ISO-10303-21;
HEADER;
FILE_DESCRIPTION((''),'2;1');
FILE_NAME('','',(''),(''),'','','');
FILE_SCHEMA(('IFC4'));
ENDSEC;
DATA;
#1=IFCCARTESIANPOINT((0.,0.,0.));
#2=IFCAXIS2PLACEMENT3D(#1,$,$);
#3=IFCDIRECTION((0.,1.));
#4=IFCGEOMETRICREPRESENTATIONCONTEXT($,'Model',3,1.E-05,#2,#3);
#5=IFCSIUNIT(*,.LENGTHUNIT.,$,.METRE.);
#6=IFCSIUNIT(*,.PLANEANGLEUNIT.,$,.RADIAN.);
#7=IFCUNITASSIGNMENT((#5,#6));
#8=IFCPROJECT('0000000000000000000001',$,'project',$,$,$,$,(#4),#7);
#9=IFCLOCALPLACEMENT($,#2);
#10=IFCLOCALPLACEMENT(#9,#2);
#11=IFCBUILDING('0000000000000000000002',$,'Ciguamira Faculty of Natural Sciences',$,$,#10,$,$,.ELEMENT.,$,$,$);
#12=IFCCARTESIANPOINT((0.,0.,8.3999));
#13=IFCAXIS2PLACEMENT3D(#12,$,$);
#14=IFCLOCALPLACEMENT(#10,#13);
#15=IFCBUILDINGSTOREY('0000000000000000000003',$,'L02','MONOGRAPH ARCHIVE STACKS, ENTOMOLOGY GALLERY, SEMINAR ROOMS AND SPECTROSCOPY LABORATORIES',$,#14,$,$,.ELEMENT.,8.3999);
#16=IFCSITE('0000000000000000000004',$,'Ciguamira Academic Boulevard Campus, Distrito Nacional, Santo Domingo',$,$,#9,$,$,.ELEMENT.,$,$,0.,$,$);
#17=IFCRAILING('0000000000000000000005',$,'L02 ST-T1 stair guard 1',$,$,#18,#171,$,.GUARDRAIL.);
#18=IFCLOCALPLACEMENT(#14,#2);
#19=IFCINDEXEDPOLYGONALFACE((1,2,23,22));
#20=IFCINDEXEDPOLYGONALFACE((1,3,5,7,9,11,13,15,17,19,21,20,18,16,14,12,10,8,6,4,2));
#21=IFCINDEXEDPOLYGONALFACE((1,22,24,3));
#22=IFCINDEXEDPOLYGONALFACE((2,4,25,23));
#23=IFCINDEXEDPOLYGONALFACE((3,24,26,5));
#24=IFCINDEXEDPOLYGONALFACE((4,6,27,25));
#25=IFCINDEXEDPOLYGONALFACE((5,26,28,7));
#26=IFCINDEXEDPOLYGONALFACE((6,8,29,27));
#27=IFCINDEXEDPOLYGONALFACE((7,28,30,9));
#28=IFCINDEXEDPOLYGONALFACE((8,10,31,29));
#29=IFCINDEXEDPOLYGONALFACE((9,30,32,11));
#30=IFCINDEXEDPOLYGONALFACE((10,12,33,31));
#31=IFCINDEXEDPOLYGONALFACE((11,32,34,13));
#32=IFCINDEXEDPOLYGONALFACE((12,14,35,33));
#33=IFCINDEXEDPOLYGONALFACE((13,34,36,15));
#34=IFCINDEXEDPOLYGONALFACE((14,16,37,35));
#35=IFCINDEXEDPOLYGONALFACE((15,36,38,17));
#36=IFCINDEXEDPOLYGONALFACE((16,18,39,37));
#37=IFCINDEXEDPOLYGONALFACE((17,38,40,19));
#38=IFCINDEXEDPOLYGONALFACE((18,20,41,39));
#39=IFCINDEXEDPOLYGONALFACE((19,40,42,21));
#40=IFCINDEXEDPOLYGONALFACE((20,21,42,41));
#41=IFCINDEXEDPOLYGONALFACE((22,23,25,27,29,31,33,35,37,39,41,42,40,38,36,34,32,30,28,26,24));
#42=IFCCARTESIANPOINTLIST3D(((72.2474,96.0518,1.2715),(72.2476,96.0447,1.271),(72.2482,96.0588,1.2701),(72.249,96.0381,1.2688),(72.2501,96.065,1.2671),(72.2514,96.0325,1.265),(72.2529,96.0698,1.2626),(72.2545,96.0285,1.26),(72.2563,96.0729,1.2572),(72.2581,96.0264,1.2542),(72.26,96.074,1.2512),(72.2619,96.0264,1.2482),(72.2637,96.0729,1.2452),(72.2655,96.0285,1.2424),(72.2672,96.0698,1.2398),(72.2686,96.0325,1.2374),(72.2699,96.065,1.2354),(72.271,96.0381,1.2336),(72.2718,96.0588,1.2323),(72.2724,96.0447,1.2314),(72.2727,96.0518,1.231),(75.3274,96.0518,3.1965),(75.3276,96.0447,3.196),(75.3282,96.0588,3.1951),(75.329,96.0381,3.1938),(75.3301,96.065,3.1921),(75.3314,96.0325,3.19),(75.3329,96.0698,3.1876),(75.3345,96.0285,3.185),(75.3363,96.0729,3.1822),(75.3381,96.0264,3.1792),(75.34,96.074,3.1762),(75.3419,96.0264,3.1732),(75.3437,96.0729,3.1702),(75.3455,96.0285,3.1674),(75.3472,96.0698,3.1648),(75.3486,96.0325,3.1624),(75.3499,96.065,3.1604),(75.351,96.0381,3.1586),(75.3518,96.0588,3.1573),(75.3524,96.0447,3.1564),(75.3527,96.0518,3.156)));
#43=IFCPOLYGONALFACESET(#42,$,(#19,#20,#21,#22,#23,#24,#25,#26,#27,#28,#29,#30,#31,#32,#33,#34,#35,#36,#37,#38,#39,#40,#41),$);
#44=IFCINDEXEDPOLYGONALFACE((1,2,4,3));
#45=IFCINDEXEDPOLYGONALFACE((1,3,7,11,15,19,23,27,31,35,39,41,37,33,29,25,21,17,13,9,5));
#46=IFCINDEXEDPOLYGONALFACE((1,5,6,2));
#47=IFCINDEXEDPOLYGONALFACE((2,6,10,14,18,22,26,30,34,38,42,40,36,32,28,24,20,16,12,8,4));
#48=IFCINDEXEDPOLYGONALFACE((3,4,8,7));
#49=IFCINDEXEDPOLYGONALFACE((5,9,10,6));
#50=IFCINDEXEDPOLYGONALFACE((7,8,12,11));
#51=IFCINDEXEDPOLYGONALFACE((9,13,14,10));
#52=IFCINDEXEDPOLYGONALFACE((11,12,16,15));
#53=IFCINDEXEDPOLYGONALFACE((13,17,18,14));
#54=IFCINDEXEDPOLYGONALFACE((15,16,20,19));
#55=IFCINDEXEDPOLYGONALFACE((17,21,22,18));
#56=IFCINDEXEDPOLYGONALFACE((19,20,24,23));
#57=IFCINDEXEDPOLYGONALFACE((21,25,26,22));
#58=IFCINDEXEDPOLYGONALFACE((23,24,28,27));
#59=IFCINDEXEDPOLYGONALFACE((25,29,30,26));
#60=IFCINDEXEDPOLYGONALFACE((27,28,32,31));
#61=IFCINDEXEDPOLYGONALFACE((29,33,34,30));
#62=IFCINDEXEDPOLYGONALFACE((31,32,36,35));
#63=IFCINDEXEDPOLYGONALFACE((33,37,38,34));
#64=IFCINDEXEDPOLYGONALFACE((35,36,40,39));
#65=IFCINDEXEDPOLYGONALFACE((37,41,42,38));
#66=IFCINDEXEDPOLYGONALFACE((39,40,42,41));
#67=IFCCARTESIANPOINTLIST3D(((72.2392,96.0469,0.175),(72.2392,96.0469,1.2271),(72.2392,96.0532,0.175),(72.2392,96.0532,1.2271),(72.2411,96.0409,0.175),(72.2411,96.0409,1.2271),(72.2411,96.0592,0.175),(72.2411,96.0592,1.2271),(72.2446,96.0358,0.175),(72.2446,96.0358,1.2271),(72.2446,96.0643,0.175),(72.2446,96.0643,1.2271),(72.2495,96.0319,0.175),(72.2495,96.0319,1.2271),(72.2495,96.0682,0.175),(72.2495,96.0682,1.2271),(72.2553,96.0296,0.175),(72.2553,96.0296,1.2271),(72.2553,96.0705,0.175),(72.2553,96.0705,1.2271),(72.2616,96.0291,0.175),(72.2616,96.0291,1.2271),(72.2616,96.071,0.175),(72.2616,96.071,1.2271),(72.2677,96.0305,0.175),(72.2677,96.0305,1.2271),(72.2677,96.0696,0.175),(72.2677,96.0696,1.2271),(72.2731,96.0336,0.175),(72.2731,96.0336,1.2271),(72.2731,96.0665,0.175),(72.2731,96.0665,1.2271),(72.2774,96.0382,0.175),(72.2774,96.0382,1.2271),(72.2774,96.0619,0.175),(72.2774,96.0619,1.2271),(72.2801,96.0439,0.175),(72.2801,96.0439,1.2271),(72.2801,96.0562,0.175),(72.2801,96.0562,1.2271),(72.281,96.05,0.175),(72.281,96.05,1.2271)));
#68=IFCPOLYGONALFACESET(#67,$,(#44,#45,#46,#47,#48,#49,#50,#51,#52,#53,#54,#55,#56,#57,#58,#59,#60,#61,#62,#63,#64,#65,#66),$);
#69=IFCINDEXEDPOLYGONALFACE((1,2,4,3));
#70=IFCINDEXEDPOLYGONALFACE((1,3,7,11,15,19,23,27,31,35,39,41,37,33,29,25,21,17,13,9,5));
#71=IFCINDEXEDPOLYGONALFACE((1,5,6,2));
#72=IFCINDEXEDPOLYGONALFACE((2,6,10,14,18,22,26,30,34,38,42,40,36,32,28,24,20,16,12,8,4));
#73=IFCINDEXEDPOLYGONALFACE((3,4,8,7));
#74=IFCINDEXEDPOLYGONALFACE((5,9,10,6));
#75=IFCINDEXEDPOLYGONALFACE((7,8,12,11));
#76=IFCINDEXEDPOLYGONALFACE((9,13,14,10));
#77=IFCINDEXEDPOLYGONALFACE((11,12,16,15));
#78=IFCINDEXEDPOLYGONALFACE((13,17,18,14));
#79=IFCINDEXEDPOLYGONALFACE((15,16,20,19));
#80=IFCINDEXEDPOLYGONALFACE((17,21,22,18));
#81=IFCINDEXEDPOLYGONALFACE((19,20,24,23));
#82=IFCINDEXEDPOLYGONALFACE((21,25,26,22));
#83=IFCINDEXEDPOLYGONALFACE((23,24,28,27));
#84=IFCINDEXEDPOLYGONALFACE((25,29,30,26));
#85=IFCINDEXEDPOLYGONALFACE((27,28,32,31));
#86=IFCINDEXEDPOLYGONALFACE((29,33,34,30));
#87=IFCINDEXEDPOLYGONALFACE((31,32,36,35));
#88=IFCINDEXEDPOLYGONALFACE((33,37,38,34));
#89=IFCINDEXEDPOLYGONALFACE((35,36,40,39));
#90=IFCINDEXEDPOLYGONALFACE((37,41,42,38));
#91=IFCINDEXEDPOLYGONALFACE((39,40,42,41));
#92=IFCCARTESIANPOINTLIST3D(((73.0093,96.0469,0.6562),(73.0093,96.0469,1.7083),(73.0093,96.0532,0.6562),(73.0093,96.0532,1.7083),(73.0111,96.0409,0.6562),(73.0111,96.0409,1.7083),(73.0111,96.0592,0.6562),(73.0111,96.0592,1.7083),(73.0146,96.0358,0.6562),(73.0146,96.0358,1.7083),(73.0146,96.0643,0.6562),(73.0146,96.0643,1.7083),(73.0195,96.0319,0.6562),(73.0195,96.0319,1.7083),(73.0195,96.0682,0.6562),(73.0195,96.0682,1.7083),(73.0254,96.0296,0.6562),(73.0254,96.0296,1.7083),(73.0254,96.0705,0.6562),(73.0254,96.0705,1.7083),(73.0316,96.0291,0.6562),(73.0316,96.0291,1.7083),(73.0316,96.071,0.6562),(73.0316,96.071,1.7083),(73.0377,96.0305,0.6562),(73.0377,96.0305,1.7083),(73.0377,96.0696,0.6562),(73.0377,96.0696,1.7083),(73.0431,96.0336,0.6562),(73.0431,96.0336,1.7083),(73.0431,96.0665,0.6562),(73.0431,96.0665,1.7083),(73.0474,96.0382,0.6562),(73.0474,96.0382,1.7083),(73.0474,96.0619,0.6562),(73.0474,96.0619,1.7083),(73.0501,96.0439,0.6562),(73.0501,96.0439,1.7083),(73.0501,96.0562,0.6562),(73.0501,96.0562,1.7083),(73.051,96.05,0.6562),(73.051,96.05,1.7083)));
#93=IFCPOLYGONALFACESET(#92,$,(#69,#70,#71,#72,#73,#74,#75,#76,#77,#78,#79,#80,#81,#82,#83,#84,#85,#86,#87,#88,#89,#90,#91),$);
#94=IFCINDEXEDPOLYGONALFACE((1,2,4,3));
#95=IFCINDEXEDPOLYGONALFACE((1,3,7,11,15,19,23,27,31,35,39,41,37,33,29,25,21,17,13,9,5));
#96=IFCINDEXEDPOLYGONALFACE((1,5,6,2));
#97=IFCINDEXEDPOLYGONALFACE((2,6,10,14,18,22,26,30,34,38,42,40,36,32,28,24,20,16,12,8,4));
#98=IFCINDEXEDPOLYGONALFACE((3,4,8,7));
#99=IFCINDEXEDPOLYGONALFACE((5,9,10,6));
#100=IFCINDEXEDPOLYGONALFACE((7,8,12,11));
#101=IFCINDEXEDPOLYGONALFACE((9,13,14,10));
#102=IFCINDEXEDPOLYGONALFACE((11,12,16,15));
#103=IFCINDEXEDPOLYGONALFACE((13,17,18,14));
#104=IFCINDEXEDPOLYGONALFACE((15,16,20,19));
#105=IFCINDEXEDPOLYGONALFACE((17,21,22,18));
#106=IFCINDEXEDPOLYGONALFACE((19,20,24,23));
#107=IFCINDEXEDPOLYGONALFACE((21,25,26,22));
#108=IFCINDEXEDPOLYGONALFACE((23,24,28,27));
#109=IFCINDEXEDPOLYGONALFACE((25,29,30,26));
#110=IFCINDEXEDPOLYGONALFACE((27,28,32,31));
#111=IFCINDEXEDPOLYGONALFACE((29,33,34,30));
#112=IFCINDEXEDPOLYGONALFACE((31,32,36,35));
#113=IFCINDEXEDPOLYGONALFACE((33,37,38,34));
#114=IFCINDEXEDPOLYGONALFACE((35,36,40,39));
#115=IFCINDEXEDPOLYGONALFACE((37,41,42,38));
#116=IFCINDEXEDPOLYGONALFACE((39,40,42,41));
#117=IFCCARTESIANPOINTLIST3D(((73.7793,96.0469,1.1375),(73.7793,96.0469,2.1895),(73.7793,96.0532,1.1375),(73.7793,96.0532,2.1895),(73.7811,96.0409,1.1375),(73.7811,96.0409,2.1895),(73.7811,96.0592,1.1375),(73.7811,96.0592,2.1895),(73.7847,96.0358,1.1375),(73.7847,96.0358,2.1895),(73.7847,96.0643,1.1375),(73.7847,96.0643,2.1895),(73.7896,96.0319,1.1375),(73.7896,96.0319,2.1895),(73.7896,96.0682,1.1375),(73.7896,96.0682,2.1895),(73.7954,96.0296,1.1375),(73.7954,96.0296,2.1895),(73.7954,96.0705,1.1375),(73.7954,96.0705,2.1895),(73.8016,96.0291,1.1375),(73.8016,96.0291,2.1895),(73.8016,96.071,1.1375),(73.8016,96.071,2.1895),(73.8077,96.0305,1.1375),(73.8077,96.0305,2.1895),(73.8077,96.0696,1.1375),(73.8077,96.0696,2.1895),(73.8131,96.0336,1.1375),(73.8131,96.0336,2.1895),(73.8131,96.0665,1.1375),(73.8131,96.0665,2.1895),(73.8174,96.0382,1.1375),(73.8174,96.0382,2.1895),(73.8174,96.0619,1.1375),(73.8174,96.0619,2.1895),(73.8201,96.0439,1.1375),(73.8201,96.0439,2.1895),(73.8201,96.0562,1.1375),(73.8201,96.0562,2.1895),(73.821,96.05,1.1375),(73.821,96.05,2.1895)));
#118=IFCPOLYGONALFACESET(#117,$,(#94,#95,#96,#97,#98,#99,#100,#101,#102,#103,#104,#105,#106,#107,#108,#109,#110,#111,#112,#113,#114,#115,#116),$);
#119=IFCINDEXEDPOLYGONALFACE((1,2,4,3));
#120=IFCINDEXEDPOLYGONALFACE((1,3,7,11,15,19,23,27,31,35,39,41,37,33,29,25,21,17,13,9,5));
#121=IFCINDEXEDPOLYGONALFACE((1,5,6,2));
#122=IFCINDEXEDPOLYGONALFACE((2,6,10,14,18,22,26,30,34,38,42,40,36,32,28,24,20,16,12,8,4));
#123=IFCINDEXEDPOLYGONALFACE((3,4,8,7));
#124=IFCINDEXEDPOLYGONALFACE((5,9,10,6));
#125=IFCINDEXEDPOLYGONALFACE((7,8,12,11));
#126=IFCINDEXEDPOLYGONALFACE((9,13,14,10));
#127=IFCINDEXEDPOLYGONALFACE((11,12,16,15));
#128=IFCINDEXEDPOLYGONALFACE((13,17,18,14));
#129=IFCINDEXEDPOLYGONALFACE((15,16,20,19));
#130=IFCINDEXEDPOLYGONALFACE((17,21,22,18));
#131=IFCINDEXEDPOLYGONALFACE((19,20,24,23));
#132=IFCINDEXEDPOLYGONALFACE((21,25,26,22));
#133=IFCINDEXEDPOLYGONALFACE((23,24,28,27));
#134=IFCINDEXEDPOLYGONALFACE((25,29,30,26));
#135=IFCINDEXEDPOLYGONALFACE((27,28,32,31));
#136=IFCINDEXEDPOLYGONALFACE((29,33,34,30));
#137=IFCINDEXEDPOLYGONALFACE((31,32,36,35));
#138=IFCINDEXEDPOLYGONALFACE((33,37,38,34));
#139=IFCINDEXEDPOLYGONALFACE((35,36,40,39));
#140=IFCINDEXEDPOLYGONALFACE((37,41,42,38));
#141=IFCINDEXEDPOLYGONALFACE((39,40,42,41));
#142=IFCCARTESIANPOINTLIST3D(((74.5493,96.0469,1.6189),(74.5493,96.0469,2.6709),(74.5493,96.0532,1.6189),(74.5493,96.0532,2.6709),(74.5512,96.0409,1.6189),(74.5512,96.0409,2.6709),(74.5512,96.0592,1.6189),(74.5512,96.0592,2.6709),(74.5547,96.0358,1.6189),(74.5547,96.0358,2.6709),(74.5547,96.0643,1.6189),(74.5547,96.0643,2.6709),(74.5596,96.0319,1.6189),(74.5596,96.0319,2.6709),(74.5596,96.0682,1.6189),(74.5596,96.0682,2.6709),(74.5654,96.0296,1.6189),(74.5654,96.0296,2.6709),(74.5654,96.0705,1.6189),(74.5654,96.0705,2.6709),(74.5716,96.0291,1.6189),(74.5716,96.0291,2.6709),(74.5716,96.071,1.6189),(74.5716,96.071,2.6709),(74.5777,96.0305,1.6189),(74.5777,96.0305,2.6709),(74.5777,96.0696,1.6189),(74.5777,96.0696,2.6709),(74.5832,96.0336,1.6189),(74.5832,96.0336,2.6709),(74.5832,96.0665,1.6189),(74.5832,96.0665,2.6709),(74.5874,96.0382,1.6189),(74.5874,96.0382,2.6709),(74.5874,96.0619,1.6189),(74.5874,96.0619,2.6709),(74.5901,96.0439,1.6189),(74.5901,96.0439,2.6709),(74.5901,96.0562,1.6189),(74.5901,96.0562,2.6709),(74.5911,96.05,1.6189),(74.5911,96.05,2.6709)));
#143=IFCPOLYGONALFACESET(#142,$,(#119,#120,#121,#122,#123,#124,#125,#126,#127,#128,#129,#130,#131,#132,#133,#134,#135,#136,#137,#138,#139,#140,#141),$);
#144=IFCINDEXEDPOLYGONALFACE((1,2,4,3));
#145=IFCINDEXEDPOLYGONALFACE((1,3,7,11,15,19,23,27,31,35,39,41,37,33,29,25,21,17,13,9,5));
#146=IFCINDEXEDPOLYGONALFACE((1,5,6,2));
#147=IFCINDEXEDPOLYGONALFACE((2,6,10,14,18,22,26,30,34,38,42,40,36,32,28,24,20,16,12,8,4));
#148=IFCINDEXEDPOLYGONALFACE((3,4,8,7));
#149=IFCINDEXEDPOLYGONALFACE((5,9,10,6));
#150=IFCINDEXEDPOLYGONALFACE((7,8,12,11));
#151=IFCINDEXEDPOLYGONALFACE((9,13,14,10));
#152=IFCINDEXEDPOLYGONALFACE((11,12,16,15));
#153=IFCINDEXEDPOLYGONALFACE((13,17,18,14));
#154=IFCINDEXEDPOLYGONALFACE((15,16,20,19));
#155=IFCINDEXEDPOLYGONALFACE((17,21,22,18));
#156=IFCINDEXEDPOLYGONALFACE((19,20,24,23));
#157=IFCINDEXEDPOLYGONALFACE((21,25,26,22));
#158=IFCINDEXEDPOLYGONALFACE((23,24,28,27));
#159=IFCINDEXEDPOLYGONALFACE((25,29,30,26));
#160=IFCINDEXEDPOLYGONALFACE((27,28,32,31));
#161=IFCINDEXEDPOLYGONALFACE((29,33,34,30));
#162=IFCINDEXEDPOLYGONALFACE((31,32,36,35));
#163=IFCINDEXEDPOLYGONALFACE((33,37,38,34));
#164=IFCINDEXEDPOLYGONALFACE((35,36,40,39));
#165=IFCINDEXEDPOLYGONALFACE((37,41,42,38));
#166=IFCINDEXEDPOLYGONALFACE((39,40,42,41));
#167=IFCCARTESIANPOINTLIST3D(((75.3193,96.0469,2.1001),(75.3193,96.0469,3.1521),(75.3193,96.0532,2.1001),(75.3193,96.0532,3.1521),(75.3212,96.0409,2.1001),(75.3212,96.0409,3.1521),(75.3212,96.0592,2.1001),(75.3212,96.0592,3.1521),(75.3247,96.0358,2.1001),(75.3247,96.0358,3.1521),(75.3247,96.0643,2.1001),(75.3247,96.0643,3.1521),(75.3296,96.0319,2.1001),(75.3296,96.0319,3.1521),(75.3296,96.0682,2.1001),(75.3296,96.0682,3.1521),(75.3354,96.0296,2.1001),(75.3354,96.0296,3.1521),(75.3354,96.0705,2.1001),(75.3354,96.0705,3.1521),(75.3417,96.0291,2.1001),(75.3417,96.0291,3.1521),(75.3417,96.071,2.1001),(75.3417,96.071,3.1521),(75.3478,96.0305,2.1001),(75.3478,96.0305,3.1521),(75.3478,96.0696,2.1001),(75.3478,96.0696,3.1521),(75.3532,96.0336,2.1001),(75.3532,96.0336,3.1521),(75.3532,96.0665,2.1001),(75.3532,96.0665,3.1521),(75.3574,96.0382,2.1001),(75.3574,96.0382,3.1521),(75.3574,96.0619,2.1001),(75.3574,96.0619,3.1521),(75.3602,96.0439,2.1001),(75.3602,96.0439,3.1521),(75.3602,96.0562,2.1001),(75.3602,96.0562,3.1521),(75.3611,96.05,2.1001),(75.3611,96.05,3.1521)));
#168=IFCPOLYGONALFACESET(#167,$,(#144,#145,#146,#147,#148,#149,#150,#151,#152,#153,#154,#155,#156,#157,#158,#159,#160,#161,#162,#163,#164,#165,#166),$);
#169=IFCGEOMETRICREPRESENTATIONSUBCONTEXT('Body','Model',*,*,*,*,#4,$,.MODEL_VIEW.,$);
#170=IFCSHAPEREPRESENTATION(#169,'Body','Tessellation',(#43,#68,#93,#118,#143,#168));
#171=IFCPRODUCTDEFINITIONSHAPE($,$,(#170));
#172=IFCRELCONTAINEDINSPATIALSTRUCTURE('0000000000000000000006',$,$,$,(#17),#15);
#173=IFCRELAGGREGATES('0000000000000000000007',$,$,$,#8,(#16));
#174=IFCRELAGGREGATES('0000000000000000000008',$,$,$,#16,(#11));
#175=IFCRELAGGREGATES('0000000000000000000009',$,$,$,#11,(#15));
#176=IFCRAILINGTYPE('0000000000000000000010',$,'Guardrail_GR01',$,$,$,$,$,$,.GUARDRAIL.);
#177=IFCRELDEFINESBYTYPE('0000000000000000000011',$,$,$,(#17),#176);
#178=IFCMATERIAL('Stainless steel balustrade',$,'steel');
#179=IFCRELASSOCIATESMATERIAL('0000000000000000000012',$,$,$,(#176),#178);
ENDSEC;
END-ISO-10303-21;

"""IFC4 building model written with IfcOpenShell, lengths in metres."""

from ifc_helpers import new_model, si_unit, direction, frame, origin, origin_2d, place, context, subcontext, project, spatial, circle, extrude, material, type_object, element, save


model = new_model("IFC4")

# Units and contexts
model_context = context("Model", 3, precision=1e-05, world=origin(), true_north=direction((0.0, 1.0)))
body_context = subcontext(model_context, "Body", "Model", "MODEL_VIEW")
ifc_project = project(units=[si_unit("LENGTHUNIT", "METRE"), si_unit("PLANEANGLEUNIT", "RADIAN")], contexts=[model_context])

# Site, building, storey
site_placement = place(None, origin())
site = spatial("IfcSite", under=ifc_project, at=site_placement, Name="Ciguamira Academic Boulevard Campus, Distrito Nacional, Santo Domingo", CompositionType="ELEMENT", RefElevation=0.0)
building_placement = place(site_placement, origin())
building = spatial("IfcBuilding", under=site, at=building_placement, Name="Ciguamira Faculty of Natural Sciences", CompositionType="ELEMENT")
storey_placement = place(building_placement, frame((0.0, 0.0, 8.3999)))
storey = spatial("IfcBuildingStorey", under=building, at=storey_placement, Name="L02", Description="MONOGRAPH ARCHIVE STACKS, ENTOMOLOGY GALLERY, SEMINAR ROOMS AND SPECTROSCOPY LABORATORIES", CompositionType="ELEMENT", Elevation=8.3999)

# Railing
ifc_material_1 = material(Name="Stainless steel balustrade", Category="steel")
railing_type_1 = type_object("IfcRailingType", Name="Guardrail_GR01", PredefinedType="GUARDRAIL", material=ifc_material_1)
railing_1_placement = place(storey_placement, frame((72.26, 96.05, 0.175)))
element("IfcRailing", 1, at=railing_1_placement, inside=storey, type_object=railing_type_1, Name="L02 ST-T1 stair guard 1", PredefinedType="GUARDRAIL", context=body_context, shape_type="SweptSolid", body=[
    extrude(circle(Radius=0.0239, at=origin_2d()), frame((0.0, 0.0, 1.0762), z_axis=(0.847998, 0.0, 0.529999), x_axis=(0.0, 1.0, 0.0)), (0.0, 0.0, 1.0), 3.6321),
    extrude(circle(Radius=0.021, at=origin_2d()), origin(), (0.0, 0.0, 1.0), 1.052),
    extrude(circle(Radius=0.021, at=origin_2d()), frame((0.77, 0.0, 0.4812)), (0.0, 0.0, 1.0), 1.052),
    extrude(circle(Radius=0.021, at=origin_2d()), frame((1.54, 0.0, 0.9624)), (0.0, 0.0, 1.0), 1.052),
    extrude(circle(Radius=0.021, at=origin_2d()), frame((2.3101, 0.0, 1.4438)), (0.0, 0.0, 1.0), 1.052),
    extrude(circle(Radius=0.021, at=origin_2d()), frame((3.0801, 0.0, 1.925)), (0.0, 0.0, 1.0), 1.052),
])

save(model, "model.ifc")
